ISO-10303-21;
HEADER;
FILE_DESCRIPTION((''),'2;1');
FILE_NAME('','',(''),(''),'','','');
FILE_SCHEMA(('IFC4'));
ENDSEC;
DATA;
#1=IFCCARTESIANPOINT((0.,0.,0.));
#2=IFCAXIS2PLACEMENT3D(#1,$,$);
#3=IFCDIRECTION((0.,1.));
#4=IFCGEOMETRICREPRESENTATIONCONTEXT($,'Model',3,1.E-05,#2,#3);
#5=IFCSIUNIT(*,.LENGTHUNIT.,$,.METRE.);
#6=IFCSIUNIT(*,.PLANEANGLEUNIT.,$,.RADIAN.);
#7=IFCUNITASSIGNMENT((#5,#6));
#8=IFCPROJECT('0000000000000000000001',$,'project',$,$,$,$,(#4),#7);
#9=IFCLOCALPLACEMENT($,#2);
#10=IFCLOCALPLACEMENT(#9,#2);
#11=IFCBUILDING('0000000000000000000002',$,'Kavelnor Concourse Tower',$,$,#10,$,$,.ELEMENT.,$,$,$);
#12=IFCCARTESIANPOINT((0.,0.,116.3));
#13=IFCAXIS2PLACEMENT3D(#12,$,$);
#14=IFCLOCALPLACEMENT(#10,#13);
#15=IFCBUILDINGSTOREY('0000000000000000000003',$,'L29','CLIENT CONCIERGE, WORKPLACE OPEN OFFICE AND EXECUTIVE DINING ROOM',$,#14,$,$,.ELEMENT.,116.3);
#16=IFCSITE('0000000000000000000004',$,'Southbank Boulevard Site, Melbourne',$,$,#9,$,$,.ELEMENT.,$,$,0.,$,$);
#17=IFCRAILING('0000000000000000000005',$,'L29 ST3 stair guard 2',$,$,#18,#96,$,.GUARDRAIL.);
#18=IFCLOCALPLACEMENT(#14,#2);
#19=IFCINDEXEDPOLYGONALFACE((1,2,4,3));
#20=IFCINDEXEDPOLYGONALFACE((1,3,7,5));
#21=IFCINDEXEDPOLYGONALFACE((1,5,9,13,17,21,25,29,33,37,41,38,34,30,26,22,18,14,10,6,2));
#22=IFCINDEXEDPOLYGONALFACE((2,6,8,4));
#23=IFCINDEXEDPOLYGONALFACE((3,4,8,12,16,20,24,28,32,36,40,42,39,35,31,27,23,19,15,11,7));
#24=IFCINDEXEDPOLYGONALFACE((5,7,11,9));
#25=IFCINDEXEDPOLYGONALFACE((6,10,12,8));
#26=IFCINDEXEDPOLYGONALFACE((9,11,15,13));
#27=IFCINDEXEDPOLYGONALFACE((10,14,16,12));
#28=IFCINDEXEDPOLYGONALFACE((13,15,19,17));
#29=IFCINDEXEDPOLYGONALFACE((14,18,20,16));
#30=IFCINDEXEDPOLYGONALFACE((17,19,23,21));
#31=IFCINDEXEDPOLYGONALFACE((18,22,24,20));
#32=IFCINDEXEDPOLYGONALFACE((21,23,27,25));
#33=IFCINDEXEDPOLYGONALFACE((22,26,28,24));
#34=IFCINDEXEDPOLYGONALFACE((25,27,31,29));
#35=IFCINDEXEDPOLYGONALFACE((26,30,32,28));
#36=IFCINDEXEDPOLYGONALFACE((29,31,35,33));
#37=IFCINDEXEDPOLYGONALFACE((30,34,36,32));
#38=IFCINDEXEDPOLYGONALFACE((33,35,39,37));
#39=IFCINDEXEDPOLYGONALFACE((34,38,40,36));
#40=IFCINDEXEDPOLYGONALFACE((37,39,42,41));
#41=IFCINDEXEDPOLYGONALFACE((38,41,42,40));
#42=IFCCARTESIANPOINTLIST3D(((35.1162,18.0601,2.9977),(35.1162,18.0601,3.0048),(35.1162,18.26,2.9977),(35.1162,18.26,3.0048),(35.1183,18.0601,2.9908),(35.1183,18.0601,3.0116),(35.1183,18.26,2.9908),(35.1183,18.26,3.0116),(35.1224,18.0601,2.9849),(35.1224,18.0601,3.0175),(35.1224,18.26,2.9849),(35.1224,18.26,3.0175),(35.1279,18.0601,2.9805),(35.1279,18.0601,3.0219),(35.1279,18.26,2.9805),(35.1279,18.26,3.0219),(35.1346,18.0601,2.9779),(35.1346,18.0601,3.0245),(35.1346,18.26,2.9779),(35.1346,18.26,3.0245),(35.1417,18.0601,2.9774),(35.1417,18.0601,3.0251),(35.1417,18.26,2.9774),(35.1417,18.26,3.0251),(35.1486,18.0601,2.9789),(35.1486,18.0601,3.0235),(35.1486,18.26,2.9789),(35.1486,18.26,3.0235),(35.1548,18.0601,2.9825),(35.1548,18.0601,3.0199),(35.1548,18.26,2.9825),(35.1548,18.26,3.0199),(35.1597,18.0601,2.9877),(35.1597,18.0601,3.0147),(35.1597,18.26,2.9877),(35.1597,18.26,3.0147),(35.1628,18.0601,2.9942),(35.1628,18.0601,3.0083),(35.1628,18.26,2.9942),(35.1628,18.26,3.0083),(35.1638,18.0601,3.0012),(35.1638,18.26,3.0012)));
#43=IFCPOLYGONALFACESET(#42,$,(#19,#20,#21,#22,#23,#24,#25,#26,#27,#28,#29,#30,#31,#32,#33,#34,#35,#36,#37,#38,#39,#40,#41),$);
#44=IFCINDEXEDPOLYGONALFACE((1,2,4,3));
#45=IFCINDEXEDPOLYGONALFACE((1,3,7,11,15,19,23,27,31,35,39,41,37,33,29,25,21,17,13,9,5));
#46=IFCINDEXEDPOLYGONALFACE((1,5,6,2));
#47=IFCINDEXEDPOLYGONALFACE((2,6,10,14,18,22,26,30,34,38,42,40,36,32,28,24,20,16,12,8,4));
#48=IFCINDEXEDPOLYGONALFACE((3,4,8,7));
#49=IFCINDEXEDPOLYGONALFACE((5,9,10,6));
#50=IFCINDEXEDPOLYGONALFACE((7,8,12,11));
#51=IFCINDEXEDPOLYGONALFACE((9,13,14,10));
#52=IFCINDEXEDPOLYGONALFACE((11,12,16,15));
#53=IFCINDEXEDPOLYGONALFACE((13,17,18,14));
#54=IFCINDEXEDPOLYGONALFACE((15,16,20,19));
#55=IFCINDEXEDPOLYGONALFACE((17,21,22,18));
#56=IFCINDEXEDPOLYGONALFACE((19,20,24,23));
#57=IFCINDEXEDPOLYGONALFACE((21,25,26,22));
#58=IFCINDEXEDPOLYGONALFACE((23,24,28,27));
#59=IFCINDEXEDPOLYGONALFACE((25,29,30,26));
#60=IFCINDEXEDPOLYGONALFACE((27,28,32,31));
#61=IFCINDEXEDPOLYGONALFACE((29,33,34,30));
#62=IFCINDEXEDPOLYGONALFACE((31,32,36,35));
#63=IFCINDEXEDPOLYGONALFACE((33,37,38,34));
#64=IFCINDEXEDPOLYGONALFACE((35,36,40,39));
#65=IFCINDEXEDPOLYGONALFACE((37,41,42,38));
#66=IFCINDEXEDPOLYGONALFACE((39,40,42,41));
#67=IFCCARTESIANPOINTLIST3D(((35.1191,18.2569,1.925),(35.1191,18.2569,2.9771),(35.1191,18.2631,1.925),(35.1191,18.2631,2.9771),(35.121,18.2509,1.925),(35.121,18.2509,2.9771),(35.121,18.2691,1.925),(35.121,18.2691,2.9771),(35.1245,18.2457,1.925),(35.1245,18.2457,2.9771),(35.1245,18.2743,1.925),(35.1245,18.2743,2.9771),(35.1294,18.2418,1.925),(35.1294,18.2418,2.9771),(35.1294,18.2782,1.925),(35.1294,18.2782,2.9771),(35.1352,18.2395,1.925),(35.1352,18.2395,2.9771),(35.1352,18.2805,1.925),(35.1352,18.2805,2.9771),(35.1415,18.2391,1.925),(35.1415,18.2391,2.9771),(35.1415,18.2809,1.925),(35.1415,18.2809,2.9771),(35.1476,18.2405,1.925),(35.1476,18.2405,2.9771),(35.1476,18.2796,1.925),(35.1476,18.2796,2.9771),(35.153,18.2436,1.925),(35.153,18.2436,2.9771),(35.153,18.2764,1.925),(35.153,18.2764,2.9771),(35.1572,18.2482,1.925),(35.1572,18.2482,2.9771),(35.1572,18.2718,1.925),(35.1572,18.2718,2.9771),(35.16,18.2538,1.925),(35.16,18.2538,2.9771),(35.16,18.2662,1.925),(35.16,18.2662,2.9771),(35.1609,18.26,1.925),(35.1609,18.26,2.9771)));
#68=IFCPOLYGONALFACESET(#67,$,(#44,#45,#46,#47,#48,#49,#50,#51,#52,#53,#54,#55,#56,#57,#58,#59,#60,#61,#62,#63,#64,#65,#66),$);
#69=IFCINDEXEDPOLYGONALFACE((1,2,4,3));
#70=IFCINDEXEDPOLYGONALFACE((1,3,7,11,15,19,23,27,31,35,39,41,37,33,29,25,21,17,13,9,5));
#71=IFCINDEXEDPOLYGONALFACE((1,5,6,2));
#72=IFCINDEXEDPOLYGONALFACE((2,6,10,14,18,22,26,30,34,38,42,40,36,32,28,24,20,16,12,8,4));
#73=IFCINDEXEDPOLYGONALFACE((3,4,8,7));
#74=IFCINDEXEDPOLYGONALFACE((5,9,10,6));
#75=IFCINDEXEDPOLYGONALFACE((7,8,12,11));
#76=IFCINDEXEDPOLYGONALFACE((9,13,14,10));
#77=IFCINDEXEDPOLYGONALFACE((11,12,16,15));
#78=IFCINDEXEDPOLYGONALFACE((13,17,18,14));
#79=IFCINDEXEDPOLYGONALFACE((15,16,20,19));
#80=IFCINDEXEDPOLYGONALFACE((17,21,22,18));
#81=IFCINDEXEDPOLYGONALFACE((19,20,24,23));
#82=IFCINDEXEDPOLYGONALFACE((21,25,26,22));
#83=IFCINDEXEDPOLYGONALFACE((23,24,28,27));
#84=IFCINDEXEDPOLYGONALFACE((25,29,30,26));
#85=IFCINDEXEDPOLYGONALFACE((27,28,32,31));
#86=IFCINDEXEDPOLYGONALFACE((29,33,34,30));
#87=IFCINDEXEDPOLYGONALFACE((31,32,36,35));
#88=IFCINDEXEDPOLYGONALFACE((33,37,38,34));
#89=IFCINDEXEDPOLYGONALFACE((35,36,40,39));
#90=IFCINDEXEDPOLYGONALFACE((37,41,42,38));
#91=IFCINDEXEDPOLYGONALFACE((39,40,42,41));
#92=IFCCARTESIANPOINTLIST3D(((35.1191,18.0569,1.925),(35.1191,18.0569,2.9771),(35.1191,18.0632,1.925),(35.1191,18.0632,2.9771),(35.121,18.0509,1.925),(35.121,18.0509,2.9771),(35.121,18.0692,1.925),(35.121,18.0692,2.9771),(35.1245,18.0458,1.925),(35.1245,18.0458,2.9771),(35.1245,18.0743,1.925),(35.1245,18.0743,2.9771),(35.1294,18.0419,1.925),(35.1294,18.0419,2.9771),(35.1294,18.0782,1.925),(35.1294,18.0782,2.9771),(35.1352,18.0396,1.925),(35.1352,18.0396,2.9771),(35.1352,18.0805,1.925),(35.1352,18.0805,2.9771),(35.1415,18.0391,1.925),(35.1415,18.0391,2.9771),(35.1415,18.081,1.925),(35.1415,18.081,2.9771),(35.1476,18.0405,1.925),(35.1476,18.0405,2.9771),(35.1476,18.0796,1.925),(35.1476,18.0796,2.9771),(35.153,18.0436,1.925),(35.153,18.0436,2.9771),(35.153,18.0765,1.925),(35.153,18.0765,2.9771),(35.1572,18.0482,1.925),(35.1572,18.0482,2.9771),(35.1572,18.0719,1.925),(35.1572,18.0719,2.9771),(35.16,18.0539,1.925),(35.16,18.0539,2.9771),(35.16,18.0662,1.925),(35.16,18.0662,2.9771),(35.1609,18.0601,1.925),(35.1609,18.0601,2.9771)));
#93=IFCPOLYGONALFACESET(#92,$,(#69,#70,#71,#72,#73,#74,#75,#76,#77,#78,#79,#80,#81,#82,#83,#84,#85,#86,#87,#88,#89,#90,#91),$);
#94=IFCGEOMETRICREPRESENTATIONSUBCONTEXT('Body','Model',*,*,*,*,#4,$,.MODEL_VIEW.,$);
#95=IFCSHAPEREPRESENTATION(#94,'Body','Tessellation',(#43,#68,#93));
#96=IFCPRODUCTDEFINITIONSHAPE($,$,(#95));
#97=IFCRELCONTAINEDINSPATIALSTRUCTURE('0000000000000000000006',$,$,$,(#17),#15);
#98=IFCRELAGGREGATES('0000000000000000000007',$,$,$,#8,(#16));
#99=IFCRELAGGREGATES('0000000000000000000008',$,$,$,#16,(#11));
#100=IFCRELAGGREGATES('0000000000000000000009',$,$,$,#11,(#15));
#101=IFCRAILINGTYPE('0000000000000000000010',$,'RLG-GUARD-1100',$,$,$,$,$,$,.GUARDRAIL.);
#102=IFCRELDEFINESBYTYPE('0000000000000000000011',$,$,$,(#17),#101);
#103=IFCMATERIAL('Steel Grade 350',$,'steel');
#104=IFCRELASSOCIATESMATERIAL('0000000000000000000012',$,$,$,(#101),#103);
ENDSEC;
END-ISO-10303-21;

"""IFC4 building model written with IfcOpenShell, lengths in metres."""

from ifc_helpers import new_model, si_unit, direction, frame, origin, origin_2d, place, context, subcontext, project, spatial, circle, extrude, material, type_object, element, save


model = new_model("IFC4")

# Units and contexts
model_context = context("Model", 3, precision=1e-05, world=origin(), true_north=direction((0.0, 1.0)))
body_context = subcontext(model_context, "Body", "Model", "MODEL_VIEW")
ifc_project = project(units=[si_unit("LENGTHUNIT", "METRE"), si_unit("PLANEANGLEUNIT", "RADIAN")], contexts=[model_context])

# Site, building, storey
site_placement = place(None, origin())
site = spatial("IfcSite", under=ifc_project, at=site_placement, Name="Southbank Boulevard Site, Melbourne", CompositionType="ELEMENT", RefElevation=0.0)
building_placement = place(site_placement, origin())
building = spatial("IfcBuilding", under=site, at=building_placement, Name="Kavelnor Concourse Tower", CompositionType="ELEMENT")
storey_placement = place(building_placement, frame((0.0, 0.0, 116.3)))
storey = spatial("IfcBuildingStorey", under=building, at=storey_placement, Name="L29", Description="CLIENT CONCIERGE, WORKPLACE OPEN OFFICE AND EXECUTIVE DINING ROOM", CompositionType="ELEMENT", Elevation=116.3)

# Shared definitions
ifc_material_1 = material(Name="Steel Grade 350", Category="steel")

# Railing
railing_type = type_object("IfcRailingType", Name="RLG-GUARD-1100", PredefinedType="GUARDRAIL", material=ifc_material_1)
railing_1_placement = place(storey_placement, frame((35.1399, 18.26, 1.925)))
element("IfcRailing", 1, at=railing_1_placement, inside=storey, type_object=railing_type, Name="L29 ST3 stair guard 2", PredefinedType="GUARDRAIL", context=body_context, shape_type="SweptSolid", body=[
    extrude(circle(Radius=0.0239, at=origin_2d()), frame((0.0, 0.0, 1.0762), z_axis=(0.0, -1.0, 0.0), x_axis=(1.0, 0.0, 0.0)), (0.0, 0.0, 1.0), 0.2),
    extrude(circle(Radius=0.021, at=origin_2d()), origin(), (0.0, 0.0, 1.0), 1.052),
    extrude(circle(Radius=0.021, at=origin_2d()), frame((0.0, -0.2, 0.0)), (0.0, 0.0, 1.0), 1.052),
])

save(model, "model.ifc")
